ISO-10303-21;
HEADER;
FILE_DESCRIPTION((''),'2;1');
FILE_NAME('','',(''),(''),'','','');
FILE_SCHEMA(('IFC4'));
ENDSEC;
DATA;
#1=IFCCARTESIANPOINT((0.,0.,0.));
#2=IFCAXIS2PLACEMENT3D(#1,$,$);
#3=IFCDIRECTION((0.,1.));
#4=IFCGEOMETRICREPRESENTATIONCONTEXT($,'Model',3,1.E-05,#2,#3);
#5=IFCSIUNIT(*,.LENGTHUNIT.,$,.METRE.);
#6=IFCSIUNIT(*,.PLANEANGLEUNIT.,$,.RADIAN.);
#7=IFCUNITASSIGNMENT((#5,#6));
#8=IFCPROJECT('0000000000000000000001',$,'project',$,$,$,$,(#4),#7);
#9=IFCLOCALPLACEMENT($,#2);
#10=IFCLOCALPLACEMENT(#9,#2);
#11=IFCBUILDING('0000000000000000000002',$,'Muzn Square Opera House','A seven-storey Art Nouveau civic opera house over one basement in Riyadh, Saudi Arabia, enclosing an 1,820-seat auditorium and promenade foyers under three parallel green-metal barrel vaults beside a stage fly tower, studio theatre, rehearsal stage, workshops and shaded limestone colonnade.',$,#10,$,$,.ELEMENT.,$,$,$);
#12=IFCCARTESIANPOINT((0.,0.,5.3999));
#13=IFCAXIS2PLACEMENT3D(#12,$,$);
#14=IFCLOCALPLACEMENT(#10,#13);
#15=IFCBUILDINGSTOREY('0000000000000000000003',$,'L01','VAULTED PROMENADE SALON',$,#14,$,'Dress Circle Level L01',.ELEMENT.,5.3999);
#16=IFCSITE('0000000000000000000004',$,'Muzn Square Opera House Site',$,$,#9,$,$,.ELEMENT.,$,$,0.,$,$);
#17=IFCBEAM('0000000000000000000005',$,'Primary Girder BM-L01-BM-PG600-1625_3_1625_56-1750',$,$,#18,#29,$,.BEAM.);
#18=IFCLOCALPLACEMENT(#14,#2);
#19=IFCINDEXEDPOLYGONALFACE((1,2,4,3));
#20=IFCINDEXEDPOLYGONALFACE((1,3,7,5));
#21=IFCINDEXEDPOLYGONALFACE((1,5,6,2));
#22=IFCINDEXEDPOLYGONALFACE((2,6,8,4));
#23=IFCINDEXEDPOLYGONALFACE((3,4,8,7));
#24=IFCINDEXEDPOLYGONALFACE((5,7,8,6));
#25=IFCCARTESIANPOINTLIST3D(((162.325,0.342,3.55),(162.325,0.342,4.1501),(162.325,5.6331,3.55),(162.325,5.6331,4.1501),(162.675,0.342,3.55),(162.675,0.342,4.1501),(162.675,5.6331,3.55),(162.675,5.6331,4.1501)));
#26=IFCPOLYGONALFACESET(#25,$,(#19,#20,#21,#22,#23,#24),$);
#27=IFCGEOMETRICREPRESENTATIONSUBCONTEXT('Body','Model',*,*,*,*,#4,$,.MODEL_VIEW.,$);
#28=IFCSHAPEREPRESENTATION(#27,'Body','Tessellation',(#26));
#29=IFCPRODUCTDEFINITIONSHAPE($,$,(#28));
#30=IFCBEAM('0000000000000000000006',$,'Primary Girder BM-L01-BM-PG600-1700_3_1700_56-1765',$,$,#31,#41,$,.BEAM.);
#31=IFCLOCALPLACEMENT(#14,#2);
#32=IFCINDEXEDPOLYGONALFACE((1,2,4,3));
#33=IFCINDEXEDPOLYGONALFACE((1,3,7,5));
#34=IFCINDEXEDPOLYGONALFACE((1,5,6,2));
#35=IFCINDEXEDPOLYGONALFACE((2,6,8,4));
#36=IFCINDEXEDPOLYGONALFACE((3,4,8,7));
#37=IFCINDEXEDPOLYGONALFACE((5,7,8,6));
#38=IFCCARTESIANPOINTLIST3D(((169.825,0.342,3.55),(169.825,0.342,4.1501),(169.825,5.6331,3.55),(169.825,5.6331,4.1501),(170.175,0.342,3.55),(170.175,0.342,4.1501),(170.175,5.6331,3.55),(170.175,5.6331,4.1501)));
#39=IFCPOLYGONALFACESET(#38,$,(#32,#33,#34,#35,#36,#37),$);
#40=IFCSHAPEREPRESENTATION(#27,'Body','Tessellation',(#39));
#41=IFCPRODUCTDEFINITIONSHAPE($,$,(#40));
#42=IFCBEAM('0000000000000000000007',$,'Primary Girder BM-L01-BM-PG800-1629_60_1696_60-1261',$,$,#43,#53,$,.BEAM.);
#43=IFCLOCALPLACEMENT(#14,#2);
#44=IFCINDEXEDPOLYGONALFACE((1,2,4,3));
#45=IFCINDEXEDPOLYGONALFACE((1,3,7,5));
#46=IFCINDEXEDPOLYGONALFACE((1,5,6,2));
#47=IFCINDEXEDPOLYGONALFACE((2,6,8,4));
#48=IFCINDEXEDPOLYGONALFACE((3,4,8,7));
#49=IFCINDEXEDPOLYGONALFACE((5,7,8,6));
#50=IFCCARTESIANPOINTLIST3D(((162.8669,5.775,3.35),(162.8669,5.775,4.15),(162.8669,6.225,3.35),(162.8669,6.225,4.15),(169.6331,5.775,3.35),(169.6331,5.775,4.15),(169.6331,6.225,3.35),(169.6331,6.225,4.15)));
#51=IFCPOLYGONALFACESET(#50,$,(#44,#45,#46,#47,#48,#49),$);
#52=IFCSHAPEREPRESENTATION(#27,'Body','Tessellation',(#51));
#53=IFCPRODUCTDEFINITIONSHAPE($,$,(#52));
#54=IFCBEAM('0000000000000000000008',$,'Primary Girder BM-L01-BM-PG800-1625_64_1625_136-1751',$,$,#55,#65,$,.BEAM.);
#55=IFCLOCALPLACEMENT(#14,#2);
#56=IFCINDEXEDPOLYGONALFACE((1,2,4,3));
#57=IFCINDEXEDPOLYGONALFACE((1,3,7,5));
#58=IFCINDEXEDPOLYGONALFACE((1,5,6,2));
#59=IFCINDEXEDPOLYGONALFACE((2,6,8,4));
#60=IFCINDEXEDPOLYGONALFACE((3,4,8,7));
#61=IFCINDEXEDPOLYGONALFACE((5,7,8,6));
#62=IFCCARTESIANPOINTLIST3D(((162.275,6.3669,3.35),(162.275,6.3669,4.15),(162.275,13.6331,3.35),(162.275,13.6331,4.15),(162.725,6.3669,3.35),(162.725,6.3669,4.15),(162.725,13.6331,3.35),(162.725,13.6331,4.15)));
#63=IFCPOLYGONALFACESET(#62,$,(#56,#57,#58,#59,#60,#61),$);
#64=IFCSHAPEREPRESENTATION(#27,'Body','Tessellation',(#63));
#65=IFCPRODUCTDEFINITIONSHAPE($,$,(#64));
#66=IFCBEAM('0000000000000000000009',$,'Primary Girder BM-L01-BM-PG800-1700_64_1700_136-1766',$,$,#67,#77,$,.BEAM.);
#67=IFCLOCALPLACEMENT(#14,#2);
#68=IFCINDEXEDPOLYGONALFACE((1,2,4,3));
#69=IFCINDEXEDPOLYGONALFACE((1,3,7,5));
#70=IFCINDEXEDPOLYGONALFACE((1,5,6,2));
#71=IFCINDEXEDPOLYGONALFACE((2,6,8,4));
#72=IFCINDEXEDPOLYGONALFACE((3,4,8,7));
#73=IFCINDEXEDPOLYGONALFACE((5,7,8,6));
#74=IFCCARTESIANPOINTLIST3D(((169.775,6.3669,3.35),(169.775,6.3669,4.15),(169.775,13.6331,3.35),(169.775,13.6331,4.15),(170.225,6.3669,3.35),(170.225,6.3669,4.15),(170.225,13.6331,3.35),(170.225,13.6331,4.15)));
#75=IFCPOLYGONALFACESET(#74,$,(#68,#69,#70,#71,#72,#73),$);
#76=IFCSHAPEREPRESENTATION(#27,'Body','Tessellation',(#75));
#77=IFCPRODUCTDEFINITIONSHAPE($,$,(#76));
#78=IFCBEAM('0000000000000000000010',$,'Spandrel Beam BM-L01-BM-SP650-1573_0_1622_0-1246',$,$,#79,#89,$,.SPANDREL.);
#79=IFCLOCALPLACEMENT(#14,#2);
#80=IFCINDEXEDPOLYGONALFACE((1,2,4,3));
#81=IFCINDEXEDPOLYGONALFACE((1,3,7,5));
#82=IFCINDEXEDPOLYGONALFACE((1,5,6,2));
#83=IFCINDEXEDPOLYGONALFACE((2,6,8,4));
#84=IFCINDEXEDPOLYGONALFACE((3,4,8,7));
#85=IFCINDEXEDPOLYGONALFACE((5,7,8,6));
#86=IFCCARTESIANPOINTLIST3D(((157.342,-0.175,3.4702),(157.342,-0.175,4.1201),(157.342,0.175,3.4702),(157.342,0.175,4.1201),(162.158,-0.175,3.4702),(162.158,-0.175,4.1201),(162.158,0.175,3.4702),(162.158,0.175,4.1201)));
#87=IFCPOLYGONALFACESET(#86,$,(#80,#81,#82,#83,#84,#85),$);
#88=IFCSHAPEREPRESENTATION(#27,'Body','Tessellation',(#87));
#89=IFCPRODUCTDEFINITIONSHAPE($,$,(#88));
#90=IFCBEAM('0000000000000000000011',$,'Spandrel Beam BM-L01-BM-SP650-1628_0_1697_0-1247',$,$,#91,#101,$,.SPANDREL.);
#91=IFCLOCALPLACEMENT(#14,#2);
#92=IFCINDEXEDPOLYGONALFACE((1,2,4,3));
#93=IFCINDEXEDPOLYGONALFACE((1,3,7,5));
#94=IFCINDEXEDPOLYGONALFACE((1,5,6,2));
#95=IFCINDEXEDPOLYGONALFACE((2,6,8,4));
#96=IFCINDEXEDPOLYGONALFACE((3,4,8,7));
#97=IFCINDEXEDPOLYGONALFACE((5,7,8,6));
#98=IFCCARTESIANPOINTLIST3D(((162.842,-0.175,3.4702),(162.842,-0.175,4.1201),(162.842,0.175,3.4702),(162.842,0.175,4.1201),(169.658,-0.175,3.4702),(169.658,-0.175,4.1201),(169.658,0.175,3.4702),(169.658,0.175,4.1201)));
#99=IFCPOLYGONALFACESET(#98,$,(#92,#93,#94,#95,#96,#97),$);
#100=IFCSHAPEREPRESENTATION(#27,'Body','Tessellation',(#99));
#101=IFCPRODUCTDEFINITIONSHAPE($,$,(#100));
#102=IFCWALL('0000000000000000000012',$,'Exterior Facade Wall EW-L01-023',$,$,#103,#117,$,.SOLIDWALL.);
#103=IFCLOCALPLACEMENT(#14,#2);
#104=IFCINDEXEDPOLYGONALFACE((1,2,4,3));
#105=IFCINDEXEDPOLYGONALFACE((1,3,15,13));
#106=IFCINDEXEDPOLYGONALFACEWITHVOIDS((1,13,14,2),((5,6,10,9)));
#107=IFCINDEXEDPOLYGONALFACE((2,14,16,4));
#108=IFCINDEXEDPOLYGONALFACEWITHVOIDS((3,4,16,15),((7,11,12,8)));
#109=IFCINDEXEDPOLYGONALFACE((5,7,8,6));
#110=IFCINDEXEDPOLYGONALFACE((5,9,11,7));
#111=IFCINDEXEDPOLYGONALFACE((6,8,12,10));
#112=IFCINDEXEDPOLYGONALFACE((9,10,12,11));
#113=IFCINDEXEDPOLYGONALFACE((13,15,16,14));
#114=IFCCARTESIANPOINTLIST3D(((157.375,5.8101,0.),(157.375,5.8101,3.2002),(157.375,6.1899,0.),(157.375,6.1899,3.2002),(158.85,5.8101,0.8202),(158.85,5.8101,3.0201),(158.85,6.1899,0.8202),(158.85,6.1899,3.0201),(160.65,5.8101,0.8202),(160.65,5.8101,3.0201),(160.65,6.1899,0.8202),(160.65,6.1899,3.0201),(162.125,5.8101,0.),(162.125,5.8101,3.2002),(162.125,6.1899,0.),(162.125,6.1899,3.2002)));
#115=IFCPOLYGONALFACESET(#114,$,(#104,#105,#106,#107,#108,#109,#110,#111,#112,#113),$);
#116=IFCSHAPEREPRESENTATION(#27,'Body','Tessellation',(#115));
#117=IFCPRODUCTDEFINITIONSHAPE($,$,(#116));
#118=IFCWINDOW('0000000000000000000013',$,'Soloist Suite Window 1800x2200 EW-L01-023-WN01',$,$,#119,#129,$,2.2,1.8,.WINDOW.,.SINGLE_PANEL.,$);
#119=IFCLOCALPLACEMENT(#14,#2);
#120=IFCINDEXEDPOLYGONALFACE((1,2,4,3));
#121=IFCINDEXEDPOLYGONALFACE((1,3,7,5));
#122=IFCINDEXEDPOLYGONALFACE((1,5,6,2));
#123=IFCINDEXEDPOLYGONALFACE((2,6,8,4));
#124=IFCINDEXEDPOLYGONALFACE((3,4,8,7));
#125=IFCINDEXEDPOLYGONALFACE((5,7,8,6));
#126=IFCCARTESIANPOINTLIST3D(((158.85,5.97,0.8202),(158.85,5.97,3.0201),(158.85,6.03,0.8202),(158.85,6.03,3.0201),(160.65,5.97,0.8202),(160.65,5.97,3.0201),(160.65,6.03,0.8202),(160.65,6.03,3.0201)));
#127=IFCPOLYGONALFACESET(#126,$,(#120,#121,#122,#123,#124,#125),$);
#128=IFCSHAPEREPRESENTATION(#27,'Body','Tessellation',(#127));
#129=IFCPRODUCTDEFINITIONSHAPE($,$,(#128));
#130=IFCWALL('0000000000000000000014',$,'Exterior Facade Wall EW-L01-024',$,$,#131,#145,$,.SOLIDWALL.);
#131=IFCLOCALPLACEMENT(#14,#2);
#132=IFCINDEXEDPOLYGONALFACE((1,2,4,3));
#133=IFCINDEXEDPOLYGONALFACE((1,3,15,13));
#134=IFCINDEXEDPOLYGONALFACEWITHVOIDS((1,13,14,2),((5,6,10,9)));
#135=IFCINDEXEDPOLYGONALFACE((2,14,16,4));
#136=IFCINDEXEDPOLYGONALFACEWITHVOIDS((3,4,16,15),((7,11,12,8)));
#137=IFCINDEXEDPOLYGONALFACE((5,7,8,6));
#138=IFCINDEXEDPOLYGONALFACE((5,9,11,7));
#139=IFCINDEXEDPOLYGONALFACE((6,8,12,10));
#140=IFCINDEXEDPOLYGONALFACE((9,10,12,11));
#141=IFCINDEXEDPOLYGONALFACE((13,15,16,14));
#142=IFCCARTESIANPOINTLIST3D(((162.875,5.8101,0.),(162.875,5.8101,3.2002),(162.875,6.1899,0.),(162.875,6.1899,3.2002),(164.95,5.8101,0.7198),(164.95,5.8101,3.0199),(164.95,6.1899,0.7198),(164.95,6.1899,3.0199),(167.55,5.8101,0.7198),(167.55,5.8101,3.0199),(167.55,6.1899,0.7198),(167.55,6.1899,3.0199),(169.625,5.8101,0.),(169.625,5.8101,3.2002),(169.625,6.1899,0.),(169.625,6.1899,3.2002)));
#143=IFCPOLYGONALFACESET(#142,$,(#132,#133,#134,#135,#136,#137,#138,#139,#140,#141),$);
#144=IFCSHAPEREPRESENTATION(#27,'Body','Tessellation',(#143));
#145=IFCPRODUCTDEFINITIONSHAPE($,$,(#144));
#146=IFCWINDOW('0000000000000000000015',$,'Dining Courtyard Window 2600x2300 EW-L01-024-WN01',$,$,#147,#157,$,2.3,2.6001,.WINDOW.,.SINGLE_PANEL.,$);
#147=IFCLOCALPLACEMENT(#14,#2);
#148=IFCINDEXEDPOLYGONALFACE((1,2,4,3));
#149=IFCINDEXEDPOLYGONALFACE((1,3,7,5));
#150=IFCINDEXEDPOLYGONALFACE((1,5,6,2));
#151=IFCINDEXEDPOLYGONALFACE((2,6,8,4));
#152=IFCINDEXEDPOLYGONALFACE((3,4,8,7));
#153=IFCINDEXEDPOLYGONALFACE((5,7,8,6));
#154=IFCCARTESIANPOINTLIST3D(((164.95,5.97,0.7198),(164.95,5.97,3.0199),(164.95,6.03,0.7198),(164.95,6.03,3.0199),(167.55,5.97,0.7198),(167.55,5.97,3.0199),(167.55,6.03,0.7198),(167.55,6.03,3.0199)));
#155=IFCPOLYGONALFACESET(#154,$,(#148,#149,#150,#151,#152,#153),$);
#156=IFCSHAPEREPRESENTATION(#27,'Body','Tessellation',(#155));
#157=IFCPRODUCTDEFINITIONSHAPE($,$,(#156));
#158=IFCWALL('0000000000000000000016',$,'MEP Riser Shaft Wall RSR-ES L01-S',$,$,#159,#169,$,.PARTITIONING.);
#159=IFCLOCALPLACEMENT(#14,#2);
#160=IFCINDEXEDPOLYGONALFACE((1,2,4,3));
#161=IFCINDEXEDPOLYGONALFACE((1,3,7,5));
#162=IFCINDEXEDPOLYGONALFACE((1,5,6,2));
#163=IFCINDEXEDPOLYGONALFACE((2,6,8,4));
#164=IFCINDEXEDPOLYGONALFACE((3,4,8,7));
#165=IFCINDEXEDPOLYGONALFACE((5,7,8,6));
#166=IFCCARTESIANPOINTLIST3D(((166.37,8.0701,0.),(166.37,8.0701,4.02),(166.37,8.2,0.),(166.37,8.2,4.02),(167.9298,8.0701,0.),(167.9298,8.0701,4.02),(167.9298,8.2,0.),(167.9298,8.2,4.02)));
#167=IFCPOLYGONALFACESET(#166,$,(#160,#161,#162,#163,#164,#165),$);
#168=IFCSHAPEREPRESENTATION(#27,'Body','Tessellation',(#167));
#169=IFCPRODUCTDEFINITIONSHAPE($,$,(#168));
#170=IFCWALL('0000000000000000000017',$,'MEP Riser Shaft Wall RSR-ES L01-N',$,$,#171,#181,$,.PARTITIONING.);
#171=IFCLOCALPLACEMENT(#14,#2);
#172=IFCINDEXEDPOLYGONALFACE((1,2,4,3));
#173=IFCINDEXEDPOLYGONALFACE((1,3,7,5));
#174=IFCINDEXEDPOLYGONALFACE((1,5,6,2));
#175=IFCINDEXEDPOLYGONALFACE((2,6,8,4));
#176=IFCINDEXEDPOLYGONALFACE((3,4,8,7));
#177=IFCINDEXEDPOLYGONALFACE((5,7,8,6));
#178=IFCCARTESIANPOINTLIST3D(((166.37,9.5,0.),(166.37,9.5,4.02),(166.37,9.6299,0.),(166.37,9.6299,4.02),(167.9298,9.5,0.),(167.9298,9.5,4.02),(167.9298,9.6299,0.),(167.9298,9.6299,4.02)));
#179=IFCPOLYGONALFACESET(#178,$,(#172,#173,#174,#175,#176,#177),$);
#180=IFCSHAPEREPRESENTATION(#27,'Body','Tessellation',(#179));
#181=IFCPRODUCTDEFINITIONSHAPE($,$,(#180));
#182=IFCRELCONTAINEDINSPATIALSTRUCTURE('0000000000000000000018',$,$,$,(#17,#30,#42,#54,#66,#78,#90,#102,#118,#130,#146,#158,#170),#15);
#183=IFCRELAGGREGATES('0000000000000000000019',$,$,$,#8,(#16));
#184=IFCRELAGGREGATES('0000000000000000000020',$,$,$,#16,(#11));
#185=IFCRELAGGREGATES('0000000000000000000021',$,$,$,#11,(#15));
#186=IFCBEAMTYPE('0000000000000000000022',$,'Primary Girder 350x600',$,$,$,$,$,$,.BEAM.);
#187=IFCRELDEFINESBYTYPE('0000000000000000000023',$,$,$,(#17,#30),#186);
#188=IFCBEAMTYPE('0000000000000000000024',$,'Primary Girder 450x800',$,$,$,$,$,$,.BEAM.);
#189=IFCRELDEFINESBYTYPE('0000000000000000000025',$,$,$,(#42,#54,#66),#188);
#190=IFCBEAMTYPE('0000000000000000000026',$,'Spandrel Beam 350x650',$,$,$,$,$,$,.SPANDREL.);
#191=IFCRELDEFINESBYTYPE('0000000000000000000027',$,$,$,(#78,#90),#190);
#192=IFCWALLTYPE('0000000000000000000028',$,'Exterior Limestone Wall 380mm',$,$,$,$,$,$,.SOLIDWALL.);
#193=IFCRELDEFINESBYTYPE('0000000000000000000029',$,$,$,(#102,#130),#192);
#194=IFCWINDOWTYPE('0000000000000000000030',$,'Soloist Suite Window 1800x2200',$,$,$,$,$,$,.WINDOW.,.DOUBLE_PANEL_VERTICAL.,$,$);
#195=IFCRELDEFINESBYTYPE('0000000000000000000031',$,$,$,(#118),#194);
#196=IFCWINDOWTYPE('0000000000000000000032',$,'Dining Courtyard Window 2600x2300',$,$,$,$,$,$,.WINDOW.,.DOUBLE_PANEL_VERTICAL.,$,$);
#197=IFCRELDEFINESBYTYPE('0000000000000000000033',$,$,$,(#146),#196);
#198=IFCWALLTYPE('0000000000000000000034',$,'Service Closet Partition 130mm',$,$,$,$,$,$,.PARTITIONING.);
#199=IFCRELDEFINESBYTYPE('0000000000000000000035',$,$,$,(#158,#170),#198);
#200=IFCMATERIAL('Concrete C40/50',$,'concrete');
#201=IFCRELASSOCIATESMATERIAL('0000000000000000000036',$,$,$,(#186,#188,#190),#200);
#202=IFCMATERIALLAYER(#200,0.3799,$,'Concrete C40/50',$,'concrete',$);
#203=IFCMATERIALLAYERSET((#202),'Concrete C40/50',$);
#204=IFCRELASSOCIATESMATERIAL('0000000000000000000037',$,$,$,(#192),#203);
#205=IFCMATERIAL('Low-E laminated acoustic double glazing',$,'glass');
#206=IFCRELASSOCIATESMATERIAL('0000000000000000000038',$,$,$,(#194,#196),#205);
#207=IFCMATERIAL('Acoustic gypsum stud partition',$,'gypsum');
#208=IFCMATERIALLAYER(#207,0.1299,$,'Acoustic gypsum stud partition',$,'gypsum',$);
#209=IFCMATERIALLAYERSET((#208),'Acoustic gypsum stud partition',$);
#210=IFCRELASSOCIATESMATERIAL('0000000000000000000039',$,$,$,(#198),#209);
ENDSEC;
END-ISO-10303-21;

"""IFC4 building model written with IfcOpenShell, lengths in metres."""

from ifc_helpers import new_model, si_unit, direction, frame, frame_2d, origin, origin_2d, place, context, subcontext, project, spatial, rectangle, extrude, material, layer, layer_set, material_profile, profile_set, type_object, element, fill, save


model = new_model("IFC4")

# Units and contexts
model_context = context("Model", 3, precision=1e-05, world=origin(), true_north=direction((0.0, 1.0)))
body_context = subcontext(model_context, "Body", "Model", "MODEL_VIEW")
ifc_project = project(units=[si_unit("LENGTHUNIT", "METRE"), si_unit("PLANEANGLEUNIT", "RADIAN")], contexts=[model_context])

# Site, building, storey
site_placement = place(None, origin())
site = spatial("IfcSite", under=ifc_project, at=site_placement, Name="Muzn Square Opera House Site", CompositionType="ELEMENT", RefElevation=0.0)
building_placement = place(site_placement, origin())
building = spatial("IfcBuilding", under=site, at=building_placement, Name="Muzn Square Opera House", Description="A seven-storey Art Nouveau civic opera house over one basement in Riyadh, Saudi Arabia, enclosing an 1,820-seat auditorium and promenade foyers under three parallel green-metal barrel vaults beside a stage fly tower, studio theatre, rehearsal stage, workshops and shaded limestone colonnade.", CompositionType="ELEMENT")
storey_placement = place(building_placement, frame((0.0, 0.0, 5.3999)))
storey = spatial("IfcBuildingStorey", under=building, at=storey_placement, Name="L01", Description="VAULTED PROMENADE SALON", LongName="Dress Circle Level L01", CompositionType="ELEMENT", Elevation=5.3999)

# Shared definitions
ifc_material_1 = material(Name="Low-E laminated acoustic double glazing", Category="glass")

# Beams
ifc_material_2 = material(Name="Concrete C40/50", Category="concrete")
ifc_material_profile_1 = material_profile(ifc_material_2, rectangle(XDim=0.3501, YDim=0.6001, at=origin_2d()), Name="RCB 350x600", Category="concrete")
ifc_profile_set_1 = profile_set([ifc_material_profile_1], Name="Concrete C40/50")
beam_type_1 = type_object("IfcBeamType", Name="Primary Girder 350x600", PredefinedType="BEAM", material=ifc_profile_set_1)
for number, where, z_axis, x_axis, name in (
    (1, (162.5, 0.342, 3.8501), (0.0, 1.0, 0.0), (-1.0, 0.0, 0.0), "Primary Girder BM-L01-BM-PG600-1625_3_1625_56-1750"),
    (2, (170.0, 0.342, 3.8501), (0.0, 1.0, 0.0), (-1.0, 0.0, 0.0), "Primary Girder BM-L01-BM-PG600-1700_3_1700_56-1765"),
):
    element("IfcBeam", number, at=place(storey_placement, frame(where, z_axis=z_axis, x_axis=x_axis)), inside=storey, type_object=beam_type_1, Name=name, PredefinedType="BEAM", context=body_context, shape_type="SweptSolid", body=[
        extrude(rectangle(XDim=0.3501, YDim=0.6001, at=origin_2d()), origin(), (0.0, 0.0, 1.0), 5.291),
    ])
ifc_material_profile_2 = material_profile(ifc_material_2, rectangle(XDim=0.45, YDim=0.8, at=origin_2d()), Name="RCB 450x800", Category="concrete")
ifc_profile_set_2 = profile_set([ifc_material_profile_2], Name="Concrete C40/50")
beam_type_2 = type_object("IfcBeamType", Name="Primary Girder 450x800", PredefinedType="BEAM", material=ifc_profile_set_2)
beam_1_placement = place(storey_placement, frame((162.8669, 6.0, 3.75), z_axis=(1.0, 0.0, 0.0), x_axis=(0.0, 1.0, 0.0)))
element("IfcBeam", 3, at=beam_1_placement, inside=storey, type_object=beam_type_2, Name="Primary Girder BM-L01-BM-PG800-1629_60_1696_60-1261", PredefinedType="BEAM", context=body_context, shape_type="SweptSolid", body=[
    extrude(rectangle(XDim=0.45, YDim=0.8, at=origin_2d()), origin(), (0.0, 0.0, 1.0), 6.7661),
])
for number, where, z_axis, x_axis, name in (
    (4, (162.5, 6.3669, 3.75), (0.0, 1.0, 0.0), (-1.0, 0.0, 0.0), "Primary Girder BM-L01-BM-PG800-1625_64_1625_136-1751"),
    (5, (170.0, 6.3669, 3.75), (0.0, 1.0, 0.0), (-1.0, 0.0, 0.0), "Primary Girder BM-L01-BM-PG800-1700_64_1700_136-1766"),
):
    element("IfcBeam", number, at=place(storey_placement, frame(where, z_axis=z_axis, x_axis=x_axis)), inside=storey, type_object=beam_type_2, Name=name, PredefinedType="BEAM", context=body_context, shape_type="SweptSolid", body=[
        extrude(rectangle(XDim=0.45, YDim=0.8, at=origin_2d()), origin(), (0.0, 0.0, 1.0), 7.2661),
    ])
ifc_material_profile_3 = material_profile(ifc_material_2, rectangle(XDim=0.3501, YDim=0.6499, at=origin_2d()), Name="RCS 350x650", Category="concrete")
ifc_profile_set_3 = profile_set([ifc_material_profile_3], Name="Concrete C40/50")
beam_type_3 = type_object("IfcBeamType", Name="Spandrel Beam 350x650", PredefinedType="SPANDREL", material=ifc_profile_set_3)
beam_2_placement = place(storey_placement, frame((157.342, 0.0, 3.7952), z_axis=(1.0, 0.0, 0.0), x_axis=(0.0, 1.0, 0.0)))
element("IfcBeam", 6, at=beam_2_placement, inside=storey, type_object=beam_type_3, Name="Spandrel Beam BM-L01-BM-SP650-1573_0_1622_0-1246", PredefinedType="SPANDREL", context=body_context, shape_type="SweptSolid", body=[
    extrude(rectangle(XDim=0.3501, YDim=0.6499, at=origin_2d()), origin(), (0.0, 0.0, 1.0), 4.8159),
])
beam_3_placement = place(storey_placement, frame((162.842, 0.0, 3.7952), z_axis=(1.0, 0.0, 0.0), x_axis=(0.0, 1.0, 0.0)))
element("IfcBeam", 7, at=beam_3_placement, inside=storey, type_object=beam_type_3, Name="Spandrel Beam BM-L01-BM-SP650-1628_0_1697_0-1247", PredefinedType="SPANDREL", context=body_context, shape_type="SweptSolid", body=[
    extrude(rectangle(XDim=0.3501, YDim=0.6499, at=origin_2d()), origin(), (0.0, 0.0, 1.0), 6.8159),
])

# Walls, openings, windows
ifc_layer_1 = layer(ifc_material_2, 0.3799, Name="Concrete C40/50", Category="concrete")
ifc_layer_set_1 = layer_set([ifc_layer_1], Name="Concrete C40/50")
wall_type_1 = type_object("IfcWallType", Name="Exterior Limestone Wall 380mm", PredefinedType="SOLIDWALL", material=ifc_layer_set_1)
wall_1_placement = place(storey_placement, frame((157.375, 6.0, 0.0), z_axis=(0.0, 0.0, 1.0), x_axis=(1.0, 0.0, 0.0)))
wall_1 = element("IfcWall", 8, at=wall_1_placement, inside=storey, type_object=wall_type_1, Name="Exterior Facade Wall EW-L01-023", PredefinedType="SOLIDWALL", context=body_context, shape_type="SweptSolid", body=[
    extrude(rectangle(XDim=4.75, YDim=0.3799, at=frame_2d((2.375, 0.0))), origin(), (0.0, 0.0, 1.0), 3.2002),
])
opening_1_placement = place(wall_1_placement, frame((1.4751, 0.0, 0.8201)))
opening_1 = element("IfcOpeningElement", 9, at=opening_1_placement, cuts=wall_1, PredefinedType="OPENING", context=body_context, shape_type="SweptSolid", body=[
    extrude(rectangle(XDim=1.8, YDim=2.2, at=frame_2d((0.8999, 1.1001))), frame((0.0, 0.2, 0.0), z_axis=(0.0, -1.0, 0.0), x_axis=(1.0, 0.0, 0.0)), (0.0, 0.0, 1.0), 0.3999),
])
window_type_1 = type_object("IfcWindowType", Name="Soloist Suite Window 1800x2200", PartitioningType="DOUBLE_PANEL_VERTICAL", PredefinedType="WINDOW", material=ifc_material_1)
window_1_placement = place(opening_1_placement, origin())
window_1 = element("IfcWindow", 10, at=window_1_placement, inside=storey, type_object=window_type_1, Name="Soloist Suite Window 1800x2200 EW-L01-023-WN01", OverallHeight=2.2, OverallWidth=1.8, PartitioningType="SINGLE_PANEL", PredefinedType="WINDOW", context=body_context, shape_type="SweptSolid", body=[
    extrude(rectangle(XDim=1.8, YDim=2.2, at=frame_2d((0.8999, 1.1001))), frame((0.0, 0.03, 0.0), z_axis=(0.0, -1.0, 0.0), x_axis=(1.0, 0.0, 0.0)), (0.0, 0.0, 1.0), 0.0601),
])
fill(opening_1, window_1)
wall_2_placement = place(storey_placement, frame((162.875, 6.0, 0.0), z_axis=(0.0, 0.0, 1.0), x_axis=(1.0, 0.0, 0.0)))
wall_2 = element("IfcWall", 11, at=wall_2_placement, inside=storey, type_object=wall_type_1, Name="Exterior Facade Wall EW-L01-024", PredefinedType="SOLIDWALL", context=body_context, shape_type="SweptSolid", body=[
    extrude(rectangle(XDim=6.75, YDim=0.3799, at=frame_2d((3.375, 0.0))), origin(), (0.0, 0.0, 1.0), 3.2002),
])
opening_2_placement = place(wall_2_placement, frame((2.075, 0.0, 0.72)))
opening_2 = element("IfcOpeningElement", 12, at=opening_2_placement, cuts=wall_2, PredefinedType="OPENING", context=body_context, shape_type="SweptSolid", body=[
    extrude(rectangle(XDim=2.6001, YDim=2.3, at=frame_2d((1.3, 1.1499))), frame((0.0, 0.2, 0.0), z_axis=(0.0, -1.0, 0.0), x_axis=(1.0, 0.0, 0.0)), (0.0, 0.0, 1.0), 0.3999),
])
window_type_2 = type_object("IfcWindowType", Name="Dining Courtyard Window 2600x2300", PartitioningType="DOUBLE_PANEL_VERTICAL", PredefinedType="WINDOW", material=ifc_material_1)
window_2_placement = place(opening_2_placement, origin())
window_2 = element("IfcWindow", 13, at=window_2_placement, inside=storey, type_object=window_type_2, Name="Dining Courtyard Window 2600x2300 EW-L01-024-WN01", OverallHeight=2.3, OverallWidth=2.6001, PartitioningType="SINGLE_PANEL", PredefinedType="WINDOW", context=body_context, shape_type="SweptSolid", body=[
    extrude(rectangle(XDim=2.6001, YDim=2.3, at=frame_2d((1.3, 1.1499))), frame((0.0, 0.03, 0.0), z_axis=(0.0, -1.0, 0.0), x_axis=(1.0, 0.0, 0.0)), (0.0, 0.0, 1.0), 0.0601),
])
fill(opening_2, window_2)

# Walls
ifc_material_3 = material(Name="Acoustic gypsum stud partition", Category="gypsum")
ifc_layer_2 = layer(ifc_material_3, 0.1299, Name="Acoustic gypsum stud partition", Category="gypsum")
ifc_layer_set_2 = layer_set([ifc_layer_2], Name="Acoustic gypsum stud partition")
wall_type_2 = type_object("IfcWallType", Name="Service Closet Partition 130mm", PredefinedType="PARTITIONING", material=ifc_layer_set_2)
for number, where, z_axis, x_axis, name in (
    (14, (166.3701, 8.135, 0.0), (0.0, 0.0, 1.0), (1.0, 0.0, 0.0), "MEP Riser Shaft Wall RSR-ES L01-S"),
    (15, (166.3701, 9.5649, 0.0), (0.0, 0.0, 1.0), (1.0, 0.0, 0.0), "MEP Riser Shaft Wall RSR-ES L01-N"),
):
    element("IfcWall", number, at=place(storey_placement, frame(where, z_axis=z_axis, x_axis=x_axis)), inside=storey, type_object=wall_type_2, Name=name, PredefinedType="PARTITIONING", context=body_context, shape_type="SweptSolid", body=[
        extrude(rectangle(XDim=1.5598, YDim=0.1299, at=frame_2d((0.7798, 0.0))), origin(), (0.0, 0.0, 1.0), 4.02),
    ])

save(model, "model.ifc")
